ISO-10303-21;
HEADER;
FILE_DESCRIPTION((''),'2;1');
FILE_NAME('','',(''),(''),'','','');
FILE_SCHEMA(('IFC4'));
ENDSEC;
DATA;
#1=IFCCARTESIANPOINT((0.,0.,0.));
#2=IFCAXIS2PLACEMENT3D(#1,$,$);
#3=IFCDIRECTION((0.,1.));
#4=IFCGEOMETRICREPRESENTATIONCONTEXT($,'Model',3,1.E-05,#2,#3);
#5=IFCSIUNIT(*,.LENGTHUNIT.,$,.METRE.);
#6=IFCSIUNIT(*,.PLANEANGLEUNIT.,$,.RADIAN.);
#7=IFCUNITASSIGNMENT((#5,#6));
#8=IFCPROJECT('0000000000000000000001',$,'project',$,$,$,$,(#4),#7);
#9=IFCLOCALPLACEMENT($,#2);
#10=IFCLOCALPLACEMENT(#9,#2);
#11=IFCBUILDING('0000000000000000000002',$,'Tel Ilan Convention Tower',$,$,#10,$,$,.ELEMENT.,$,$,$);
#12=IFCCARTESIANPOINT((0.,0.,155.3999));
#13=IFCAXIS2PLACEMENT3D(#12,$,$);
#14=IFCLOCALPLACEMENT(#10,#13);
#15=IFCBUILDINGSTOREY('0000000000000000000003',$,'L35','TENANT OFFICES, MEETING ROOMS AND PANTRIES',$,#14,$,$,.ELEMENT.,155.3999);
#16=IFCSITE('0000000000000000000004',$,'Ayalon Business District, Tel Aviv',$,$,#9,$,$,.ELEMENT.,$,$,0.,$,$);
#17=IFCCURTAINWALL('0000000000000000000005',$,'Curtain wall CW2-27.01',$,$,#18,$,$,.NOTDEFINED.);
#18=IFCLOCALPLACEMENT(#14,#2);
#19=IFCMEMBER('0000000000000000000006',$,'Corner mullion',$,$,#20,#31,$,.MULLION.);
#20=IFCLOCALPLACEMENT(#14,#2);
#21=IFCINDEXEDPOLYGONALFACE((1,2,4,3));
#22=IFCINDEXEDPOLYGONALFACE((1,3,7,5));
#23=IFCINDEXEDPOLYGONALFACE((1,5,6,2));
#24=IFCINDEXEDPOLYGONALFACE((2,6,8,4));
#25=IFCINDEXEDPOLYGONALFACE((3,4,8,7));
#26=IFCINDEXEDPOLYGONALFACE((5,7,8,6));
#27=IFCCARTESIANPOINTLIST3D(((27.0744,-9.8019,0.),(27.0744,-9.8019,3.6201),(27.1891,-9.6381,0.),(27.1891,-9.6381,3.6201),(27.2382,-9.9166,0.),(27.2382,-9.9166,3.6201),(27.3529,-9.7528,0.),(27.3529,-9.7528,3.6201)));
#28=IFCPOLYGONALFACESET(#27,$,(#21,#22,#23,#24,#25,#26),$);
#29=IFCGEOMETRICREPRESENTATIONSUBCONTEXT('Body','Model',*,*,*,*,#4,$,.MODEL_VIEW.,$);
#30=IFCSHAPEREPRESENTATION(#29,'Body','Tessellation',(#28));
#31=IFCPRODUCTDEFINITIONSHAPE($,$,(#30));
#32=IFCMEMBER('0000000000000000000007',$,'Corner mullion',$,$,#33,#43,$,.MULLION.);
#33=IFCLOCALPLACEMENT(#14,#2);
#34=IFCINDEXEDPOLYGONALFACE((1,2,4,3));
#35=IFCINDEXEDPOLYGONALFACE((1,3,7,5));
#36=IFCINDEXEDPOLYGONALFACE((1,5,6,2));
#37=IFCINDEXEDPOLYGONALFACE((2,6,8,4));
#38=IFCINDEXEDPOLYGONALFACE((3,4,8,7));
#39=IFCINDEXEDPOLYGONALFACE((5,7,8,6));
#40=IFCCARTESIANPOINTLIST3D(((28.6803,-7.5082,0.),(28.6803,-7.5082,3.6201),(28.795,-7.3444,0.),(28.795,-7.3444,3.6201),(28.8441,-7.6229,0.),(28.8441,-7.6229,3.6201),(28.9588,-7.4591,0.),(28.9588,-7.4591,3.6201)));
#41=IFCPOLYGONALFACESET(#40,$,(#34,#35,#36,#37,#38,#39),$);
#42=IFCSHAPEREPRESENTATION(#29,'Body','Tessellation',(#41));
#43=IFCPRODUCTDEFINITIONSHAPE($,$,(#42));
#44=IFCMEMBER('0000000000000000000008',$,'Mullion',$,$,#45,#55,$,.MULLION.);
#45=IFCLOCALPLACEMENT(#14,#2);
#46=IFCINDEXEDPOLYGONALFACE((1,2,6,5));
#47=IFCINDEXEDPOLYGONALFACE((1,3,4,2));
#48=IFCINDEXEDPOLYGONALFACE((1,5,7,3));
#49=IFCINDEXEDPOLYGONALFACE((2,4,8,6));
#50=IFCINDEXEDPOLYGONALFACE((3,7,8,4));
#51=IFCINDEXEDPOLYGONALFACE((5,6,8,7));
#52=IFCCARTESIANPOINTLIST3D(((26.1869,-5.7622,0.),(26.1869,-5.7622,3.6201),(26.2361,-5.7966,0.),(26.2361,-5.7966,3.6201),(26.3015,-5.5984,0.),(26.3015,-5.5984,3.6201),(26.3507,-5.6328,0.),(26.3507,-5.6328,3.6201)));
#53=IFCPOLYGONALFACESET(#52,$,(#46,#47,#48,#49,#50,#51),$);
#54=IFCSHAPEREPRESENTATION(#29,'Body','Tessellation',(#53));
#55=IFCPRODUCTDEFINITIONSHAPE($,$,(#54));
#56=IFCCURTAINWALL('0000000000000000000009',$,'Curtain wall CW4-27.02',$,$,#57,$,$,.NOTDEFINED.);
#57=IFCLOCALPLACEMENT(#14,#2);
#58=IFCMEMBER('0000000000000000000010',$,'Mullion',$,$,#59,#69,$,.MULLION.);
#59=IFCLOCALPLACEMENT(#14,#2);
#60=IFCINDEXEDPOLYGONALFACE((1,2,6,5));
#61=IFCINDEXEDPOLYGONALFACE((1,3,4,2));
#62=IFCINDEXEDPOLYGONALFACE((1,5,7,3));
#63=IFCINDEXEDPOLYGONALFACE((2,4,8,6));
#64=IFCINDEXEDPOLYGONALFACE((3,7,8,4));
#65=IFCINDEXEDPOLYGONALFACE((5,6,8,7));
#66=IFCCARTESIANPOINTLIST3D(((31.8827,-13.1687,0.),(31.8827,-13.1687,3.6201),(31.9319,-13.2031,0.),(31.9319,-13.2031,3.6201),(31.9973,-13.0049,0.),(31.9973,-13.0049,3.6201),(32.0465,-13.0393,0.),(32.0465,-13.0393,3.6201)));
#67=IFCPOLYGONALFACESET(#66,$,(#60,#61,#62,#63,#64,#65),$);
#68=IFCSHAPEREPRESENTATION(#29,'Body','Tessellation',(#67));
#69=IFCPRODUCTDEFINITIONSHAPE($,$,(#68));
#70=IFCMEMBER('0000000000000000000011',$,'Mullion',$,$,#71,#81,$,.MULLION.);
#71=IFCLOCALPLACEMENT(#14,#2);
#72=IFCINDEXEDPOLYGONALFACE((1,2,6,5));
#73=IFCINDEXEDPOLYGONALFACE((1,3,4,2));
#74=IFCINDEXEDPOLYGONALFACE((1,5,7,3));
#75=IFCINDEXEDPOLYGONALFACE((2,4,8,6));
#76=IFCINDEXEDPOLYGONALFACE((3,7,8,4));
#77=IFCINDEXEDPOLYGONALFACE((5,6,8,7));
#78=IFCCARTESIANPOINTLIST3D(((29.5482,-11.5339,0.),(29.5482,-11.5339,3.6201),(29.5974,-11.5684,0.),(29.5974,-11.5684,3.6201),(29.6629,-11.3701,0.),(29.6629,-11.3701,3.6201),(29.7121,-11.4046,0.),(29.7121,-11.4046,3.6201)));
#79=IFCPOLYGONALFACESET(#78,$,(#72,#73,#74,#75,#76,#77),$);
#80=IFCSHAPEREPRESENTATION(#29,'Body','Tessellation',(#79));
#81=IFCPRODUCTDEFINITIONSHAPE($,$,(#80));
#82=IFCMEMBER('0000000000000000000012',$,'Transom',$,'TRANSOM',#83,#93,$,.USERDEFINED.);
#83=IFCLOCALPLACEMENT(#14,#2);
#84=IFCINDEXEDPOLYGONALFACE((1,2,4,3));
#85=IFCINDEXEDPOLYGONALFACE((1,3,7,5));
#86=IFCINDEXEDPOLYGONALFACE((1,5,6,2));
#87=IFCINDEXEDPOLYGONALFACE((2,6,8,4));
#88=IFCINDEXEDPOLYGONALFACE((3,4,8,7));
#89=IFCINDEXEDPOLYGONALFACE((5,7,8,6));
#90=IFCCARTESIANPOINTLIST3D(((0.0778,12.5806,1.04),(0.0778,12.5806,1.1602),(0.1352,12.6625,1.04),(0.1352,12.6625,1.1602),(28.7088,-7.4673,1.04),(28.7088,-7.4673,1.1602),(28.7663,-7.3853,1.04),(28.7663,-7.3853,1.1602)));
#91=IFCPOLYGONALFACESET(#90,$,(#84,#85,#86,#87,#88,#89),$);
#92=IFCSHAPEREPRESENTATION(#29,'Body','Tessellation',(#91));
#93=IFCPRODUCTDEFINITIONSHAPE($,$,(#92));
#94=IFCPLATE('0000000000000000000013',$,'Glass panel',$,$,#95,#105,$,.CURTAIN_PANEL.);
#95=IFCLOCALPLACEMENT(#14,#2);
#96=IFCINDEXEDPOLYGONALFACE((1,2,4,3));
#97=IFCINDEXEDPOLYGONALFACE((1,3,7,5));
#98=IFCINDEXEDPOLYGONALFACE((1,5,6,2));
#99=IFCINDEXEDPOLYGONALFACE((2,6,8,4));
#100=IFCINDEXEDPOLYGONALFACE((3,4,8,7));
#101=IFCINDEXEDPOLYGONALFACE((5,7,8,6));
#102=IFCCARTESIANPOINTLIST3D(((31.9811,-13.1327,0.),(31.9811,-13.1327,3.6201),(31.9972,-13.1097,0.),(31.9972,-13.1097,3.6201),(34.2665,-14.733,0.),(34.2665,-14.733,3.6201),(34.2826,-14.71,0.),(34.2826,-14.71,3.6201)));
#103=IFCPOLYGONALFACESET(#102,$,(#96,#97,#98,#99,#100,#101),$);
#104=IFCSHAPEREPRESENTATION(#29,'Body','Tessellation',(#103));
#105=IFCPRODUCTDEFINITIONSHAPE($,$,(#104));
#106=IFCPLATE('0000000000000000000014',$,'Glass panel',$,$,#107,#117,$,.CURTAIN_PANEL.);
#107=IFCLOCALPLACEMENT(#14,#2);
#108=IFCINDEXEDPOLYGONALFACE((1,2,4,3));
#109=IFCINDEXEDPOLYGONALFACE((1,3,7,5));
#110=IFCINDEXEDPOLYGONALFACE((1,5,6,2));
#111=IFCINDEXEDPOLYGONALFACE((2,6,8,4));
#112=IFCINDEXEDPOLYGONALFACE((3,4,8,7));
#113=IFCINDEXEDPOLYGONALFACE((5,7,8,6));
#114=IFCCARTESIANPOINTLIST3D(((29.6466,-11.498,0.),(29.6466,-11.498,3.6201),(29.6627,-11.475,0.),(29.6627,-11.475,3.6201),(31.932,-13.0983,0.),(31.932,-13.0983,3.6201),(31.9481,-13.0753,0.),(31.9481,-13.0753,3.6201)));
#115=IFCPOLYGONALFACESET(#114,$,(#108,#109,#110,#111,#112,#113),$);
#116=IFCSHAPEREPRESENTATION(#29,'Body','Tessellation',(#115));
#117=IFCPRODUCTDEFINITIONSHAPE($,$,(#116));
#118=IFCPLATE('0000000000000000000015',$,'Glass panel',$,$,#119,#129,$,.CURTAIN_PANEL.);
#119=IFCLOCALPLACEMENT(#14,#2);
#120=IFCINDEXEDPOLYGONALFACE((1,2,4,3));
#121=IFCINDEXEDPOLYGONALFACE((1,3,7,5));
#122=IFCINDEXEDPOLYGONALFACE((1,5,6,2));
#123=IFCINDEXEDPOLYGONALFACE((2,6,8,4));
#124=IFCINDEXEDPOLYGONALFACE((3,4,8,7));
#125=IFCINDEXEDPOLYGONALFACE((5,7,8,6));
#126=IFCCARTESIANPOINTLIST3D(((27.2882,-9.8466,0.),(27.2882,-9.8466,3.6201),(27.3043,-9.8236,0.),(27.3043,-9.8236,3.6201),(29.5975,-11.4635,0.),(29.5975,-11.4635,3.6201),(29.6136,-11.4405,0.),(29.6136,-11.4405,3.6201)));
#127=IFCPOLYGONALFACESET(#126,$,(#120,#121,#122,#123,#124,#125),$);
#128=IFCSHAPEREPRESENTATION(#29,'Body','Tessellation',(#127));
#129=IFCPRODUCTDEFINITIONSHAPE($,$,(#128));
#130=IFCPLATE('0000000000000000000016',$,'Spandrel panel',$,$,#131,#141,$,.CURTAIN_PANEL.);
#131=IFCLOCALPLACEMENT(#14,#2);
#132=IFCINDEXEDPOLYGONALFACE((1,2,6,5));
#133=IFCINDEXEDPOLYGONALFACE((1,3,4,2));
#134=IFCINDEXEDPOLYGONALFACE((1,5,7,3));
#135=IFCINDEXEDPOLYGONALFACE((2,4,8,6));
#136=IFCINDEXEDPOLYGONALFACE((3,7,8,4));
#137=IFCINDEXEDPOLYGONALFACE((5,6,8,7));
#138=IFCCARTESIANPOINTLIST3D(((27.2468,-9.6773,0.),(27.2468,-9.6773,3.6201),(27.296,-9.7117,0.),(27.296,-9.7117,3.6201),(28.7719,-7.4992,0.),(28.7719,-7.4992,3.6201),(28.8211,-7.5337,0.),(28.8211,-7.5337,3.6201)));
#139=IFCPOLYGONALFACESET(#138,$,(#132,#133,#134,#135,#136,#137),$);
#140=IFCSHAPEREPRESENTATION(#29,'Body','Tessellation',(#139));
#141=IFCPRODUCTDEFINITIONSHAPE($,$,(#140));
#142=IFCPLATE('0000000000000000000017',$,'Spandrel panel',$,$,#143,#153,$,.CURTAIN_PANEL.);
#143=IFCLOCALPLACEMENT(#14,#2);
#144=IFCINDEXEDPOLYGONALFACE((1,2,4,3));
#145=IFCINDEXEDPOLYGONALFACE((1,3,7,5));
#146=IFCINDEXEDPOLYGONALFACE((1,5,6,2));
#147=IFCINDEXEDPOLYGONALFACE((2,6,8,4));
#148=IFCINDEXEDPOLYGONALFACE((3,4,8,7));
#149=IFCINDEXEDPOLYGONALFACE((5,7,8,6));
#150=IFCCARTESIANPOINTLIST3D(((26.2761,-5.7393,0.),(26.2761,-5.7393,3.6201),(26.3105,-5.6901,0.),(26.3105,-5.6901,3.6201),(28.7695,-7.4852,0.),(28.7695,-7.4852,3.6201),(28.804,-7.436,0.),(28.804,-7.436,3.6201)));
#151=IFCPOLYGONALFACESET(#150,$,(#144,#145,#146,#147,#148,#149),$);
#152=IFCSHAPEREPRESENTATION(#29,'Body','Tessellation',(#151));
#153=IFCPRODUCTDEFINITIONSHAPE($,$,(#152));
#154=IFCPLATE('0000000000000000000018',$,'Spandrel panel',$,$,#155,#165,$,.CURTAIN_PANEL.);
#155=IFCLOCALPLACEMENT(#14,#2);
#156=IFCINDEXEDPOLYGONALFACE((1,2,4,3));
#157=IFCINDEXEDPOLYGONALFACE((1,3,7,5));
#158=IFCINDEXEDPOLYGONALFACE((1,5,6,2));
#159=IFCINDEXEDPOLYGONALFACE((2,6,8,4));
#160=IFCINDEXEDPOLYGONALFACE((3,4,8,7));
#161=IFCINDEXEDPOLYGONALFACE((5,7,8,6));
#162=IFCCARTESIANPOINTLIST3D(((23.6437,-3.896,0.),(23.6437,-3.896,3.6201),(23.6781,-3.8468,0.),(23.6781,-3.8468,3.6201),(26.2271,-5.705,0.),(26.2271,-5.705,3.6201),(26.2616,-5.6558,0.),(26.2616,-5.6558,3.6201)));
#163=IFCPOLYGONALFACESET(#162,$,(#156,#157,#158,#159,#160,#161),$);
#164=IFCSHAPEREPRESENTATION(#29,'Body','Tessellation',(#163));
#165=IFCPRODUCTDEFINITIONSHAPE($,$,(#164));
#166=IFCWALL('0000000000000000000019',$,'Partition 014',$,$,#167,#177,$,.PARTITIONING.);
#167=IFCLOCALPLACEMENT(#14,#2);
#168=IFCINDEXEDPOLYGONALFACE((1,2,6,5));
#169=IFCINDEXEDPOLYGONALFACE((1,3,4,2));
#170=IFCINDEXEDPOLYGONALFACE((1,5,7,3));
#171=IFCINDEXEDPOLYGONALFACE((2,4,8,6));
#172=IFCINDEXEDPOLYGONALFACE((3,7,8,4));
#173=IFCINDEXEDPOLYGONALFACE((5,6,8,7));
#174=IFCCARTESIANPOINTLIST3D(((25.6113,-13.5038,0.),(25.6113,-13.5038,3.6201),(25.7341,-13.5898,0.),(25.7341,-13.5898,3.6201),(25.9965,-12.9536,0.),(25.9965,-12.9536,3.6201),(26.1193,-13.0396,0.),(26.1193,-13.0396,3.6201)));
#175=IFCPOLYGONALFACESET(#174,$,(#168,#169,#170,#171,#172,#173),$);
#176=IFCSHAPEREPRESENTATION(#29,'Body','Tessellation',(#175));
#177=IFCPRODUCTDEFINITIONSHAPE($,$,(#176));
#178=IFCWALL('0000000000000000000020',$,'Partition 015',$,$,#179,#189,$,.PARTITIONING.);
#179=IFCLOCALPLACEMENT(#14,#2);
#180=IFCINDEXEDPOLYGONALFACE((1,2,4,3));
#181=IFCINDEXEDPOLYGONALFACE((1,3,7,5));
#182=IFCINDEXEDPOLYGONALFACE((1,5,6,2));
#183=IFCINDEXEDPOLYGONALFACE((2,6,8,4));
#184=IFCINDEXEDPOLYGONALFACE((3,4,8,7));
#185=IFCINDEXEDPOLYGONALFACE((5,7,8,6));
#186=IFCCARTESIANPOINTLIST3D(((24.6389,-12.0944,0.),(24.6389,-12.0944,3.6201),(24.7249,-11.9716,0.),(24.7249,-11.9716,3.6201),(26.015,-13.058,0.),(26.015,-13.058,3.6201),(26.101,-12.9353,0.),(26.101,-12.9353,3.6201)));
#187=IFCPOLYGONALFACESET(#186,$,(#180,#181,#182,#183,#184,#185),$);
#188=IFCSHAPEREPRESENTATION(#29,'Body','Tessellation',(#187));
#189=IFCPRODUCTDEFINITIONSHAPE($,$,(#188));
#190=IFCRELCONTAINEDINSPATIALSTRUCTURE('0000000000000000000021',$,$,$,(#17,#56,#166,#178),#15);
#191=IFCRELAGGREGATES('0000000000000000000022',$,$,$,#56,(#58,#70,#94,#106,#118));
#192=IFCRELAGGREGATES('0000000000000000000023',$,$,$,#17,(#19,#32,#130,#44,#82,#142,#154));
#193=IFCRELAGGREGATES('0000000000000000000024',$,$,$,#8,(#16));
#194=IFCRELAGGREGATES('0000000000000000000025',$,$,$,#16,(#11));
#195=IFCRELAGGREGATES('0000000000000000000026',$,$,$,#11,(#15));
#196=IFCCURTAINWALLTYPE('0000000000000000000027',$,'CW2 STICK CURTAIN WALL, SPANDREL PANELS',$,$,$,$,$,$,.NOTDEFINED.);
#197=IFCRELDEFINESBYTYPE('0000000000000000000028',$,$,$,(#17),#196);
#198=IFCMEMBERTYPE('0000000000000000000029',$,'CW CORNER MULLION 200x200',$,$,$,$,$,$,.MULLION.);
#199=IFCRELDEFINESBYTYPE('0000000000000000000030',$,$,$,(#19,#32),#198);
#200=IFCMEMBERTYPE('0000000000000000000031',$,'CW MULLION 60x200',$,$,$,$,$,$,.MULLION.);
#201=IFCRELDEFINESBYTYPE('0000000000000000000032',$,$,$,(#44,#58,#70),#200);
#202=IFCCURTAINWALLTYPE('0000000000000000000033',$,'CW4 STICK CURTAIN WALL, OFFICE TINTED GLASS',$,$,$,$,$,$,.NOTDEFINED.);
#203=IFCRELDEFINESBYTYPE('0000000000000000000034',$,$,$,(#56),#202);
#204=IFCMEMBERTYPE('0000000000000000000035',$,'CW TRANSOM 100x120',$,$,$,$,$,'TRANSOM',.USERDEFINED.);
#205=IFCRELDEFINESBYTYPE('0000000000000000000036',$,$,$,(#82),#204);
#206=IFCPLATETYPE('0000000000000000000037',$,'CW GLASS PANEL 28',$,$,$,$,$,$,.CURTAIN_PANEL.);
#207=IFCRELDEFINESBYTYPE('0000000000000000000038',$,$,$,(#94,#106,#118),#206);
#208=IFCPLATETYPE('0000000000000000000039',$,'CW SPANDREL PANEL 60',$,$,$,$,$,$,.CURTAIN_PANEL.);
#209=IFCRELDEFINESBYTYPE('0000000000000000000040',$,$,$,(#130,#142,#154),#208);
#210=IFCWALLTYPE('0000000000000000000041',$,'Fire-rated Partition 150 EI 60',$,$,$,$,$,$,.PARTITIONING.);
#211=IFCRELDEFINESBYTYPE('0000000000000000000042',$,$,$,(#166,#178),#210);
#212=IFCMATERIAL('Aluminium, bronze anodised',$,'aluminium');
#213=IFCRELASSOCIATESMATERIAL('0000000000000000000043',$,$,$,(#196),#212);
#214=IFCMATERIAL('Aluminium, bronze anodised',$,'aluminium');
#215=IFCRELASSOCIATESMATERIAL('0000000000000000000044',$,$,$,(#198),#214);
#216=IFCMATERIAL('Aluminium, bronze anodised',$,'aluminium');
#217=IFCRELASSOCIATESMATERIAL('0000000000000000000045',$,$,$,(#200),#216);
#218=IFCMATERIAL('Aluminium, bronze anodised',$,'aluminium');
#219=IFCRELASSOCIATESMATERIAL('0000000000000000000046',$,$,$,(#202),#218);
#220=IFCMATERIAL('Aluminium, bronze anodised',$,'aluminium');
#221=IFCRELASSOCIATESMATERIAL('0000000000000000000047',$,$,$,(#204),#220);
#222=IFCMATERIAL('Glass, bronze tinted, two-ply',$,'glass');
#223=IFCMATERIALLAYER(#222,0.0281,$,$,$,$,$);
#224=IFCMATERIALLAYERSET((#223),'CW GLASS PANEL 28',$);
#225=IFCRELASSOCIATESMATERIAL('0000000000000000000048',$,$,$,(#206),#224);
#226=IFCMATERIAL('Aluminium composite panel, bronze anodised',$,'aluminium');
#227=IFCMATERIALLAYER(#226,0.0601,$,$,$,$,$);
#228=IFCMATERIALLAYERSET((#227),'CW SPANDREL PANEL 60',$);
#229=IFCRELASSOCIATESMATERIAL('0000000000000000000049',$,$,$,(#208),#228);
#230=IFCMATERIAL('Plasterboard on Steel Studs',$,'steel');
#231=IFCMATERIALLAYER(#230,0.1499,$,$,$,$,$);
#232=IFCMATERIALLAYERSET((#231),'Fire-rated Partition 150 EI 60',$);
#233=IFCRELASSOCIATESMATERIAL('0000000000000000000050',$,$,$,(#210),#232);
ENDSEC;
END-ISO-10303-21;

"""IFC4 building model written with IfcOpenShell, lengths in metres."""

from ifc_helpers import new_model, si_unit, direction, frame, frame_2d, origin, origin_2d, place, context, subcontext, project, spatial, rectangle, extrude, material, layer, layer_set, material_profile, profile_set, type_object, element, aggregate, save


model = new_model("IFC4")

# Units and contexts
model_context = context("Model", 3, precision=1e-05, world=origin(), true_north=direction((0.0, 1.0)))
body_context = subcontext(model_context, "Body", "Model", "MODEL_VIEW")
ifc_project = project(units=[si_unit("LENGTHUNIT", "METRE"), si_unit("PLANEANGLEUNIT", "RADIAN")], contexts=[model_context])

# Site, building, storey
site_placement = place(None, origin())
site = spatial("IfcSite", under=ifc_project, at=site_placement, Name="Ayalon Business District, Tel Aviv", CompositionType="ELEMENT", RefElevation=0.0)
building_placement = place(site_placement, origin())
building = spatial("IfcBuilding", under=site, at=building_placement, Name="Tel Ilan Convention Tower", CompositionType="ELEMENT")
storey_placement = place(building_placement, frame((0.0, 0.0, 155.3999)))
storey = spatial("IfcBuildingStorey", under=building, at=storey_placement, Name="L35", Description="TENANT OFFICES, MEETING ROOMS AND PANTRIES", CompositionType="ELEMENT", Elevation=155.3999)

# Curtain walls, members
ifc_material_1 = material(Name="Aluminium, bronze anodised", Category="aluminium")
curtain_wall_type_1 = type_object("IfcCurtainWallType", Name="CW2 STICK CURTAIN WALL, SPANDREL PANELS", PredefinedType="NOTDEFINED", material=ifc_material_1)
curtain_wall_1_placement = place(storey_placement, origin())
curtain_wall_1 = element("IfcCurtainWall", 1, at=curtain_wall_1_placement, inside=storey, type_object=curtain_wall_type_1, Name="Curtain wall CW2-27.01", PredefinedType="NOTDEFINED")
ifc_material_2 = material(Name="Aluminium, bronze anodised", Category="aluminium")
ifc_material_profile_1 = material_profile(ifc_material_2, rectangle(XDim=0.2, YDim=0.2, at=origin_2d()), Name="CW CORNER MULLION 200x200")
ifc_profile_set_1 = profile_set([ifc_material_profile_1], Name="Aluminium, bronze anodised")
member_type_1 = type_object("IfcMemberType", Name="CW CORNER MULLION 200x200", PredefinedType="MULLION", material=ifc_profile_set_1)
member_1_placement = place(storey_placement, frame((27.2136, -9.7773, 0.0), z_axis=(0.0, 0.0, 1.0), x_axis=(-0.819152, 0.573576, 0.0)))
member_1 = element("IfcMember", 2, at=member_1_placement, type_object=member_type_1, Name="Corner mullion", PredefinedType="MULLION", context=body_context, shape_type="SweptSolid", body=[
    extrude(rectangle(XDim=0.2, YDim=0.2, at=origin_2d()), origin(), (0.0, 0.0, 1.0), 3.6201),
])
member_2_placement = place(storey_placement, frame((28.8196, -7.4836, 0.0), z_axis=(0.0, 0.0, 1.0), x_axis=(0.573576, 0.819152, 0.0)))
member_2 = element("IfcMember", 3, at=member_2_placement, type_object=member_type_1, Name="Corner mullion", PredefinedType="MULLION", context=body_context, shape_type="SweptSolid", body=[
    extrude(rectangle(XDim=0.2, YDim=0.2, at=origin_2d()), origin(), (0.0, 0.0, 1.0), 3.6201),
])
ifc_material_3 = material(Name="Aluminium, bronze anodised", Category="aluminium")
ifc_material_profile_2 = material_profile(ifc_material_3, rectangle(XDim=0.0601, YDim=0.2, at=origin_2d()), Name="CW MULLION 60x200")
ifc_profile_set_2 = profile_set([ifc_material_profile_2], Name="Aluminium, bronze anodised")
member_type_2 = type_object("IfcMemberType", Name="CW MULLION 60x200", PredefinedType="MULLION", material=ifc_profile_set_2)
member_3_placement = place(storey_placement, frame((26.2688, -5.6975, 0.0), z_axis=(0.0, 0.0, 1.0), x_axis=(-0.819152, 0.573576, 0.0)))
member_3 = element("IfcMember", 4, at=member_3_placement, type_object=member_type_2, Name="Mullion", PredefinedType="MULLION", context=body_context, shape_type="SweptSolid", body=[
    extrude(rectangle(XDim=0.0601, YDim=0.2, at=origin_2d()), origin(), (0.0, 0.0, 1.0), 3.6201),
])
ifc_material_4 = material(Name="Aluminium, bronze anodised", Category="aluminium")
curtain_wall_type_2 = type_object("IfcCurtainWallType", Name="CW4 STICK CURTAIN WALL, OFFICE TINTED GLASS", PredefinedType="NOTDEFINED", material=ifc_material_4)
curtain_wall_2_placement = place(storey_placement, origin())
curtain_wall_2 = element("IfcCurtainWall", 5, at=curtain_wall_2_placement, inside=storey, type_object=curtain_wall_type_2, Name="Curtain wall CW4-27.02", PredefinedType="NOTDEFINED")
member_4_placement = place(storey_placement, frame((31.9646, -13.104, 0.0), z_axis=(0.0, 0.0, 1.0), x_axis=(-0.819152, 0.573576, 0.0)))
member_4 = element("IfcMember", 6, at=member_4_placement, type_object=member_type_2, Name="Mullion", PredefinedType="MULLION", context=body_context, shape_type="SweptSolid", body=[
    extrude(rectangle(XDim=0.0601, YDim=0.2, at=origin_2d()), origin(), (0.0, 0.0, 1.0), 3.6201),
])
member_5_placement = place(storey_placement, frame((29.6301, -11.4692, 0.0), z_axis=(0.0, 0.0, 1.0), x_axis=(-0.819152, 0.573576, 0.0)))
member_5 = element("IfcMember", 7, at=member_5_placement, type_object=member_type_2, Name="Mullion", PredefinedType="MULLION", context=body_context, shape_type="SweptSolid", body=[
    extrude(rectangle(XDim=0.0601, YDim=0.2, at=origin_2d()), origin(), (0.0, 0.0, 1.0), 3.6201),
])

# Member
ifc_material_5 = material(Name="Aluminium, bronze anodised", Category="aluminium")
ifc_material_profile_3 = material_profile(ifc_material_5, rectangle(XDim=0.1001, YDim=0.1201, at=origin_2d()), Name="CW TRANSOM 100x120")
ifc_profile_set_3 = profile_set([ifc_material_profile_3], Name="Aluminium, bronze anodised")
member_type_3 = type_object("IfcMemberType", Name="CW TRANSOM 100x120", ElementType="TRANSOM", PredefinedType="USERDEFINED", material=ifc_profile_set_3)
member_6_placement = place(storey_placement, frame((28.7375, -7.4263, 1.1001), z_axis=(-0.81915, 0.573579, 0.0), x_axis=(-0.573579, -0.81915, 0.0)))
member_6 = element("IfcMember", 8, at=member_6_placement, type_object=member_type_3, Name="Transom", ObjectType="TRANSOM", PredefinedType="USERDEFINED", context=body_context, shape_type="SweptSolid", body=[
    extrude(rectangle(XDim=0.1001, YDim=0.1201, at=origin_2d()), origin(), (0.0, 0.0, 1.0), 34.9521),
])

# Plates
ifc_material_6 = material(Name="Glass, bronze tinted, two-ply", Category="glass")
ifc_layer_1 = layer(ifc_material_6, 0.0281)
ifc_layer_set_1 = layer_set([ifc_layer_1], Name="CW GLASS PANEL 28")
plate_type_1 = type_object("IfcPlateType", Name="CW GLASS PANEL 28", PredefinedType="CURTAIN_PANEL", material=ifc_layer_set_1)
plate_1_placement = place(storey_placement, frame((33.1318, -13.9214, 0.0), z_axis=(0.0, 0.0, 1.0), x_axis=(-0.819152, 0.573576, 0.0)))
plate_1 = element("IfcPlate", 9, at=plate_1_placement, type_object=plate_type_1, Name="Glass panel", PredefinedType="CURTAIN_PANEL", context=body_context, shape_type="SweptSolid", body=[
    extrude(rectangle(XDim=2.79, YDim=0.0281, at=origin_2d()), origin(), (0.0, 0.0, 1.0), 3.6201),
])
plate_2_placement = place(storey_placement, frame((30.7974, -12.2866, 0.0), z_axis=(0.0, 0.0, 1.0), x_axis=(-0.819152, 0.573576, 0.0)))
plate_2 = element("IfcPlate", 10, at=plate_2_placement, type_object=plate_type_1, Name="Glass panel", PredefinedType="CURTAIN_PANEL", context=body_context, shape_type="SweptSolid", body=[
    extrude(rectangle(XDim=2.79, YDim=0.0281, at=origin_2d()), origin(), (0.0, 0.0, 1.0), 3.6201),
])
plate_3_placement = place(storey_placement, frame((28.4509, -10.6436, 0.0), z_axis=(0.0, 0.0, 1.0), x_axis=(-0.819152, 0.573576, 0.0)))
plate_3 = element("IfcPlate", 11, at=plate_3_placement, type_object=plate_type_1, Name="Glass panel", PredefinedType="CURTAIN_PANEL", context=body_context, shape_type="SweptSolid", body=[
    extrude(rectangle(XDim=2.8191, YDim=0.0281, at=origin_2d()), origin(), (0.0, 0.0, 1.0), 3.6201),
])
aggregate(curtain_wall_2, [member_4, member_5, plate_1, plate_2, plate_3])
ifc_material_7 = material(Name="Aluminium composite panel, bronze anodised", Category="aluminium")
ifc_layer_2 = layer(ifc_material_7, 0.0601)
ifc_layer_set_2 = layer_set([ifc_layer_2], Name="CW SPANDREL PANEL 60")
plate_type_2 = type_object("IfcPlateType", Name="CW SPANDREL PANEL 60", PredefinedType="CURTAIN_PANEL", material=ifc_layer_set_2)
plate_4_placement = place(storey_placement, frame((28.0339, -8.6055, 0.0), z_axis=(0.0, 0.0, 1.0), x_axis=(0.573576, 0.819152, 0.0)))
plate_4 = element("IfcPlate", 12, at=plate_4_placement, type_object=plate_type_2, Name="Spandrel panel", PredefinedType="CURTAIN_PANEL", context=body_context, shape_type="SweptSolid", body=[
    extrude(rectangle(XDim=2.6589, YDim=0.0601, at=origin_2d()), origin(), (0.0, 0.0, 1.0), 3.6201),
])
plate_5_placement = place(storey_placement, frame((27.54, -6.5876, 0.0), z_axis=(0.0, 0.0, 1.0), x_axis=(-0.819152, 0.573576, 0.0)))
plate_5 = element("IfcPlate", 13, at=plate_5_placement, type_object=plate_type_2, Name="Spandrel panel", PredefinedType="CURTAIN_PANEL", context=body_context, shape_type="SweptSolid", body=[
    extrude(rectangle(XDim=3.0439, YDim=0.0601, at=origin_2d()), origin(), (0.0, 0.0, 1.0), 3.6201),
])
plate_6_placement = place(storey_placement, frame((24.9526, -4.7759, 0.0), z_axis=(0.0, 0.0, 1.0), x_axis=(-0.819152, 0.573576, 0.0)))
plate_6 = element("IfcPlate", 14, at=plate_6_placement, type_object=plate_type_2, Name="Spandrel panel", PredefinedType="CURTAIN_PANEL", context=body_context, shape_type="SweptSolid", body=[
    extrude(rectangle(XDim=3.1538, YDim=0.0601, at=origin_2d()), origin(), (0.0, 0.0, 1.0), 3.6201),
])
aggregate(curtain_wall_1, [member_1, member_2, plate_4, member_3, member_6, plate_5, plate_6])

# Walls
ifc_material_8 = material(Name="Plasterboard on Steel Studs", Category="steel")
ifc_layer_3 = layer(ifc_material_8, 0.1499)
ifc_layer_set_3 = layer_set([ifc_layer_3], Name="Fire-rated Partition 150 EI 60")
wall_type_1 = type_object("IfcWallType", Name="Fire-rated Partition 150 EI 60", PredefinedType="PARTITIONING", material=ifc_layer_set_3)
wall_1_placement = place(storey_placement, frame((25.6726, -13.5469, 0.0), z_axis=(0.0, 0.0, 1.0), x_axis=(0.573511, 0.819198, 0.0)))
element("IfcWall", 15, at=wall_1_placement, inside=storey, type_object=wall_type_1, Name="Partition 014", PredefinedType="PARTITIONING", context=body_context, shape_type="SweptSolid", body=[
    extrude(rectangle(XDim=0.6716, YDim=0.1499, at=frame_2d((0.3359, 0.0))), origin(), (0.0, 0.0, 1.0), 3.6201),
])
wall_2_placement = place(storey_placement, frame((26.0579, -12.9966, 0.0), z_axis=(0.0, 0.0, 1.0), x_axis=(-0.819109, 0.573638, 0.0)))
element("IfcWall", 16, at=wall_2_placement, inside=storey, type_object=wall_type_1, Name="Partition 015", PredefinedType="PARTITIONING", context=body_context, shape_type="SweptSolid", body=[
    extrude(rectangle(XDim=1.6799, YDim=0.1499, at=frame_2d((0.8398, 0.0))), origin(), (0.0, 0.0, 1.0), 3.6201),
])

save(model, "model.ifc")
